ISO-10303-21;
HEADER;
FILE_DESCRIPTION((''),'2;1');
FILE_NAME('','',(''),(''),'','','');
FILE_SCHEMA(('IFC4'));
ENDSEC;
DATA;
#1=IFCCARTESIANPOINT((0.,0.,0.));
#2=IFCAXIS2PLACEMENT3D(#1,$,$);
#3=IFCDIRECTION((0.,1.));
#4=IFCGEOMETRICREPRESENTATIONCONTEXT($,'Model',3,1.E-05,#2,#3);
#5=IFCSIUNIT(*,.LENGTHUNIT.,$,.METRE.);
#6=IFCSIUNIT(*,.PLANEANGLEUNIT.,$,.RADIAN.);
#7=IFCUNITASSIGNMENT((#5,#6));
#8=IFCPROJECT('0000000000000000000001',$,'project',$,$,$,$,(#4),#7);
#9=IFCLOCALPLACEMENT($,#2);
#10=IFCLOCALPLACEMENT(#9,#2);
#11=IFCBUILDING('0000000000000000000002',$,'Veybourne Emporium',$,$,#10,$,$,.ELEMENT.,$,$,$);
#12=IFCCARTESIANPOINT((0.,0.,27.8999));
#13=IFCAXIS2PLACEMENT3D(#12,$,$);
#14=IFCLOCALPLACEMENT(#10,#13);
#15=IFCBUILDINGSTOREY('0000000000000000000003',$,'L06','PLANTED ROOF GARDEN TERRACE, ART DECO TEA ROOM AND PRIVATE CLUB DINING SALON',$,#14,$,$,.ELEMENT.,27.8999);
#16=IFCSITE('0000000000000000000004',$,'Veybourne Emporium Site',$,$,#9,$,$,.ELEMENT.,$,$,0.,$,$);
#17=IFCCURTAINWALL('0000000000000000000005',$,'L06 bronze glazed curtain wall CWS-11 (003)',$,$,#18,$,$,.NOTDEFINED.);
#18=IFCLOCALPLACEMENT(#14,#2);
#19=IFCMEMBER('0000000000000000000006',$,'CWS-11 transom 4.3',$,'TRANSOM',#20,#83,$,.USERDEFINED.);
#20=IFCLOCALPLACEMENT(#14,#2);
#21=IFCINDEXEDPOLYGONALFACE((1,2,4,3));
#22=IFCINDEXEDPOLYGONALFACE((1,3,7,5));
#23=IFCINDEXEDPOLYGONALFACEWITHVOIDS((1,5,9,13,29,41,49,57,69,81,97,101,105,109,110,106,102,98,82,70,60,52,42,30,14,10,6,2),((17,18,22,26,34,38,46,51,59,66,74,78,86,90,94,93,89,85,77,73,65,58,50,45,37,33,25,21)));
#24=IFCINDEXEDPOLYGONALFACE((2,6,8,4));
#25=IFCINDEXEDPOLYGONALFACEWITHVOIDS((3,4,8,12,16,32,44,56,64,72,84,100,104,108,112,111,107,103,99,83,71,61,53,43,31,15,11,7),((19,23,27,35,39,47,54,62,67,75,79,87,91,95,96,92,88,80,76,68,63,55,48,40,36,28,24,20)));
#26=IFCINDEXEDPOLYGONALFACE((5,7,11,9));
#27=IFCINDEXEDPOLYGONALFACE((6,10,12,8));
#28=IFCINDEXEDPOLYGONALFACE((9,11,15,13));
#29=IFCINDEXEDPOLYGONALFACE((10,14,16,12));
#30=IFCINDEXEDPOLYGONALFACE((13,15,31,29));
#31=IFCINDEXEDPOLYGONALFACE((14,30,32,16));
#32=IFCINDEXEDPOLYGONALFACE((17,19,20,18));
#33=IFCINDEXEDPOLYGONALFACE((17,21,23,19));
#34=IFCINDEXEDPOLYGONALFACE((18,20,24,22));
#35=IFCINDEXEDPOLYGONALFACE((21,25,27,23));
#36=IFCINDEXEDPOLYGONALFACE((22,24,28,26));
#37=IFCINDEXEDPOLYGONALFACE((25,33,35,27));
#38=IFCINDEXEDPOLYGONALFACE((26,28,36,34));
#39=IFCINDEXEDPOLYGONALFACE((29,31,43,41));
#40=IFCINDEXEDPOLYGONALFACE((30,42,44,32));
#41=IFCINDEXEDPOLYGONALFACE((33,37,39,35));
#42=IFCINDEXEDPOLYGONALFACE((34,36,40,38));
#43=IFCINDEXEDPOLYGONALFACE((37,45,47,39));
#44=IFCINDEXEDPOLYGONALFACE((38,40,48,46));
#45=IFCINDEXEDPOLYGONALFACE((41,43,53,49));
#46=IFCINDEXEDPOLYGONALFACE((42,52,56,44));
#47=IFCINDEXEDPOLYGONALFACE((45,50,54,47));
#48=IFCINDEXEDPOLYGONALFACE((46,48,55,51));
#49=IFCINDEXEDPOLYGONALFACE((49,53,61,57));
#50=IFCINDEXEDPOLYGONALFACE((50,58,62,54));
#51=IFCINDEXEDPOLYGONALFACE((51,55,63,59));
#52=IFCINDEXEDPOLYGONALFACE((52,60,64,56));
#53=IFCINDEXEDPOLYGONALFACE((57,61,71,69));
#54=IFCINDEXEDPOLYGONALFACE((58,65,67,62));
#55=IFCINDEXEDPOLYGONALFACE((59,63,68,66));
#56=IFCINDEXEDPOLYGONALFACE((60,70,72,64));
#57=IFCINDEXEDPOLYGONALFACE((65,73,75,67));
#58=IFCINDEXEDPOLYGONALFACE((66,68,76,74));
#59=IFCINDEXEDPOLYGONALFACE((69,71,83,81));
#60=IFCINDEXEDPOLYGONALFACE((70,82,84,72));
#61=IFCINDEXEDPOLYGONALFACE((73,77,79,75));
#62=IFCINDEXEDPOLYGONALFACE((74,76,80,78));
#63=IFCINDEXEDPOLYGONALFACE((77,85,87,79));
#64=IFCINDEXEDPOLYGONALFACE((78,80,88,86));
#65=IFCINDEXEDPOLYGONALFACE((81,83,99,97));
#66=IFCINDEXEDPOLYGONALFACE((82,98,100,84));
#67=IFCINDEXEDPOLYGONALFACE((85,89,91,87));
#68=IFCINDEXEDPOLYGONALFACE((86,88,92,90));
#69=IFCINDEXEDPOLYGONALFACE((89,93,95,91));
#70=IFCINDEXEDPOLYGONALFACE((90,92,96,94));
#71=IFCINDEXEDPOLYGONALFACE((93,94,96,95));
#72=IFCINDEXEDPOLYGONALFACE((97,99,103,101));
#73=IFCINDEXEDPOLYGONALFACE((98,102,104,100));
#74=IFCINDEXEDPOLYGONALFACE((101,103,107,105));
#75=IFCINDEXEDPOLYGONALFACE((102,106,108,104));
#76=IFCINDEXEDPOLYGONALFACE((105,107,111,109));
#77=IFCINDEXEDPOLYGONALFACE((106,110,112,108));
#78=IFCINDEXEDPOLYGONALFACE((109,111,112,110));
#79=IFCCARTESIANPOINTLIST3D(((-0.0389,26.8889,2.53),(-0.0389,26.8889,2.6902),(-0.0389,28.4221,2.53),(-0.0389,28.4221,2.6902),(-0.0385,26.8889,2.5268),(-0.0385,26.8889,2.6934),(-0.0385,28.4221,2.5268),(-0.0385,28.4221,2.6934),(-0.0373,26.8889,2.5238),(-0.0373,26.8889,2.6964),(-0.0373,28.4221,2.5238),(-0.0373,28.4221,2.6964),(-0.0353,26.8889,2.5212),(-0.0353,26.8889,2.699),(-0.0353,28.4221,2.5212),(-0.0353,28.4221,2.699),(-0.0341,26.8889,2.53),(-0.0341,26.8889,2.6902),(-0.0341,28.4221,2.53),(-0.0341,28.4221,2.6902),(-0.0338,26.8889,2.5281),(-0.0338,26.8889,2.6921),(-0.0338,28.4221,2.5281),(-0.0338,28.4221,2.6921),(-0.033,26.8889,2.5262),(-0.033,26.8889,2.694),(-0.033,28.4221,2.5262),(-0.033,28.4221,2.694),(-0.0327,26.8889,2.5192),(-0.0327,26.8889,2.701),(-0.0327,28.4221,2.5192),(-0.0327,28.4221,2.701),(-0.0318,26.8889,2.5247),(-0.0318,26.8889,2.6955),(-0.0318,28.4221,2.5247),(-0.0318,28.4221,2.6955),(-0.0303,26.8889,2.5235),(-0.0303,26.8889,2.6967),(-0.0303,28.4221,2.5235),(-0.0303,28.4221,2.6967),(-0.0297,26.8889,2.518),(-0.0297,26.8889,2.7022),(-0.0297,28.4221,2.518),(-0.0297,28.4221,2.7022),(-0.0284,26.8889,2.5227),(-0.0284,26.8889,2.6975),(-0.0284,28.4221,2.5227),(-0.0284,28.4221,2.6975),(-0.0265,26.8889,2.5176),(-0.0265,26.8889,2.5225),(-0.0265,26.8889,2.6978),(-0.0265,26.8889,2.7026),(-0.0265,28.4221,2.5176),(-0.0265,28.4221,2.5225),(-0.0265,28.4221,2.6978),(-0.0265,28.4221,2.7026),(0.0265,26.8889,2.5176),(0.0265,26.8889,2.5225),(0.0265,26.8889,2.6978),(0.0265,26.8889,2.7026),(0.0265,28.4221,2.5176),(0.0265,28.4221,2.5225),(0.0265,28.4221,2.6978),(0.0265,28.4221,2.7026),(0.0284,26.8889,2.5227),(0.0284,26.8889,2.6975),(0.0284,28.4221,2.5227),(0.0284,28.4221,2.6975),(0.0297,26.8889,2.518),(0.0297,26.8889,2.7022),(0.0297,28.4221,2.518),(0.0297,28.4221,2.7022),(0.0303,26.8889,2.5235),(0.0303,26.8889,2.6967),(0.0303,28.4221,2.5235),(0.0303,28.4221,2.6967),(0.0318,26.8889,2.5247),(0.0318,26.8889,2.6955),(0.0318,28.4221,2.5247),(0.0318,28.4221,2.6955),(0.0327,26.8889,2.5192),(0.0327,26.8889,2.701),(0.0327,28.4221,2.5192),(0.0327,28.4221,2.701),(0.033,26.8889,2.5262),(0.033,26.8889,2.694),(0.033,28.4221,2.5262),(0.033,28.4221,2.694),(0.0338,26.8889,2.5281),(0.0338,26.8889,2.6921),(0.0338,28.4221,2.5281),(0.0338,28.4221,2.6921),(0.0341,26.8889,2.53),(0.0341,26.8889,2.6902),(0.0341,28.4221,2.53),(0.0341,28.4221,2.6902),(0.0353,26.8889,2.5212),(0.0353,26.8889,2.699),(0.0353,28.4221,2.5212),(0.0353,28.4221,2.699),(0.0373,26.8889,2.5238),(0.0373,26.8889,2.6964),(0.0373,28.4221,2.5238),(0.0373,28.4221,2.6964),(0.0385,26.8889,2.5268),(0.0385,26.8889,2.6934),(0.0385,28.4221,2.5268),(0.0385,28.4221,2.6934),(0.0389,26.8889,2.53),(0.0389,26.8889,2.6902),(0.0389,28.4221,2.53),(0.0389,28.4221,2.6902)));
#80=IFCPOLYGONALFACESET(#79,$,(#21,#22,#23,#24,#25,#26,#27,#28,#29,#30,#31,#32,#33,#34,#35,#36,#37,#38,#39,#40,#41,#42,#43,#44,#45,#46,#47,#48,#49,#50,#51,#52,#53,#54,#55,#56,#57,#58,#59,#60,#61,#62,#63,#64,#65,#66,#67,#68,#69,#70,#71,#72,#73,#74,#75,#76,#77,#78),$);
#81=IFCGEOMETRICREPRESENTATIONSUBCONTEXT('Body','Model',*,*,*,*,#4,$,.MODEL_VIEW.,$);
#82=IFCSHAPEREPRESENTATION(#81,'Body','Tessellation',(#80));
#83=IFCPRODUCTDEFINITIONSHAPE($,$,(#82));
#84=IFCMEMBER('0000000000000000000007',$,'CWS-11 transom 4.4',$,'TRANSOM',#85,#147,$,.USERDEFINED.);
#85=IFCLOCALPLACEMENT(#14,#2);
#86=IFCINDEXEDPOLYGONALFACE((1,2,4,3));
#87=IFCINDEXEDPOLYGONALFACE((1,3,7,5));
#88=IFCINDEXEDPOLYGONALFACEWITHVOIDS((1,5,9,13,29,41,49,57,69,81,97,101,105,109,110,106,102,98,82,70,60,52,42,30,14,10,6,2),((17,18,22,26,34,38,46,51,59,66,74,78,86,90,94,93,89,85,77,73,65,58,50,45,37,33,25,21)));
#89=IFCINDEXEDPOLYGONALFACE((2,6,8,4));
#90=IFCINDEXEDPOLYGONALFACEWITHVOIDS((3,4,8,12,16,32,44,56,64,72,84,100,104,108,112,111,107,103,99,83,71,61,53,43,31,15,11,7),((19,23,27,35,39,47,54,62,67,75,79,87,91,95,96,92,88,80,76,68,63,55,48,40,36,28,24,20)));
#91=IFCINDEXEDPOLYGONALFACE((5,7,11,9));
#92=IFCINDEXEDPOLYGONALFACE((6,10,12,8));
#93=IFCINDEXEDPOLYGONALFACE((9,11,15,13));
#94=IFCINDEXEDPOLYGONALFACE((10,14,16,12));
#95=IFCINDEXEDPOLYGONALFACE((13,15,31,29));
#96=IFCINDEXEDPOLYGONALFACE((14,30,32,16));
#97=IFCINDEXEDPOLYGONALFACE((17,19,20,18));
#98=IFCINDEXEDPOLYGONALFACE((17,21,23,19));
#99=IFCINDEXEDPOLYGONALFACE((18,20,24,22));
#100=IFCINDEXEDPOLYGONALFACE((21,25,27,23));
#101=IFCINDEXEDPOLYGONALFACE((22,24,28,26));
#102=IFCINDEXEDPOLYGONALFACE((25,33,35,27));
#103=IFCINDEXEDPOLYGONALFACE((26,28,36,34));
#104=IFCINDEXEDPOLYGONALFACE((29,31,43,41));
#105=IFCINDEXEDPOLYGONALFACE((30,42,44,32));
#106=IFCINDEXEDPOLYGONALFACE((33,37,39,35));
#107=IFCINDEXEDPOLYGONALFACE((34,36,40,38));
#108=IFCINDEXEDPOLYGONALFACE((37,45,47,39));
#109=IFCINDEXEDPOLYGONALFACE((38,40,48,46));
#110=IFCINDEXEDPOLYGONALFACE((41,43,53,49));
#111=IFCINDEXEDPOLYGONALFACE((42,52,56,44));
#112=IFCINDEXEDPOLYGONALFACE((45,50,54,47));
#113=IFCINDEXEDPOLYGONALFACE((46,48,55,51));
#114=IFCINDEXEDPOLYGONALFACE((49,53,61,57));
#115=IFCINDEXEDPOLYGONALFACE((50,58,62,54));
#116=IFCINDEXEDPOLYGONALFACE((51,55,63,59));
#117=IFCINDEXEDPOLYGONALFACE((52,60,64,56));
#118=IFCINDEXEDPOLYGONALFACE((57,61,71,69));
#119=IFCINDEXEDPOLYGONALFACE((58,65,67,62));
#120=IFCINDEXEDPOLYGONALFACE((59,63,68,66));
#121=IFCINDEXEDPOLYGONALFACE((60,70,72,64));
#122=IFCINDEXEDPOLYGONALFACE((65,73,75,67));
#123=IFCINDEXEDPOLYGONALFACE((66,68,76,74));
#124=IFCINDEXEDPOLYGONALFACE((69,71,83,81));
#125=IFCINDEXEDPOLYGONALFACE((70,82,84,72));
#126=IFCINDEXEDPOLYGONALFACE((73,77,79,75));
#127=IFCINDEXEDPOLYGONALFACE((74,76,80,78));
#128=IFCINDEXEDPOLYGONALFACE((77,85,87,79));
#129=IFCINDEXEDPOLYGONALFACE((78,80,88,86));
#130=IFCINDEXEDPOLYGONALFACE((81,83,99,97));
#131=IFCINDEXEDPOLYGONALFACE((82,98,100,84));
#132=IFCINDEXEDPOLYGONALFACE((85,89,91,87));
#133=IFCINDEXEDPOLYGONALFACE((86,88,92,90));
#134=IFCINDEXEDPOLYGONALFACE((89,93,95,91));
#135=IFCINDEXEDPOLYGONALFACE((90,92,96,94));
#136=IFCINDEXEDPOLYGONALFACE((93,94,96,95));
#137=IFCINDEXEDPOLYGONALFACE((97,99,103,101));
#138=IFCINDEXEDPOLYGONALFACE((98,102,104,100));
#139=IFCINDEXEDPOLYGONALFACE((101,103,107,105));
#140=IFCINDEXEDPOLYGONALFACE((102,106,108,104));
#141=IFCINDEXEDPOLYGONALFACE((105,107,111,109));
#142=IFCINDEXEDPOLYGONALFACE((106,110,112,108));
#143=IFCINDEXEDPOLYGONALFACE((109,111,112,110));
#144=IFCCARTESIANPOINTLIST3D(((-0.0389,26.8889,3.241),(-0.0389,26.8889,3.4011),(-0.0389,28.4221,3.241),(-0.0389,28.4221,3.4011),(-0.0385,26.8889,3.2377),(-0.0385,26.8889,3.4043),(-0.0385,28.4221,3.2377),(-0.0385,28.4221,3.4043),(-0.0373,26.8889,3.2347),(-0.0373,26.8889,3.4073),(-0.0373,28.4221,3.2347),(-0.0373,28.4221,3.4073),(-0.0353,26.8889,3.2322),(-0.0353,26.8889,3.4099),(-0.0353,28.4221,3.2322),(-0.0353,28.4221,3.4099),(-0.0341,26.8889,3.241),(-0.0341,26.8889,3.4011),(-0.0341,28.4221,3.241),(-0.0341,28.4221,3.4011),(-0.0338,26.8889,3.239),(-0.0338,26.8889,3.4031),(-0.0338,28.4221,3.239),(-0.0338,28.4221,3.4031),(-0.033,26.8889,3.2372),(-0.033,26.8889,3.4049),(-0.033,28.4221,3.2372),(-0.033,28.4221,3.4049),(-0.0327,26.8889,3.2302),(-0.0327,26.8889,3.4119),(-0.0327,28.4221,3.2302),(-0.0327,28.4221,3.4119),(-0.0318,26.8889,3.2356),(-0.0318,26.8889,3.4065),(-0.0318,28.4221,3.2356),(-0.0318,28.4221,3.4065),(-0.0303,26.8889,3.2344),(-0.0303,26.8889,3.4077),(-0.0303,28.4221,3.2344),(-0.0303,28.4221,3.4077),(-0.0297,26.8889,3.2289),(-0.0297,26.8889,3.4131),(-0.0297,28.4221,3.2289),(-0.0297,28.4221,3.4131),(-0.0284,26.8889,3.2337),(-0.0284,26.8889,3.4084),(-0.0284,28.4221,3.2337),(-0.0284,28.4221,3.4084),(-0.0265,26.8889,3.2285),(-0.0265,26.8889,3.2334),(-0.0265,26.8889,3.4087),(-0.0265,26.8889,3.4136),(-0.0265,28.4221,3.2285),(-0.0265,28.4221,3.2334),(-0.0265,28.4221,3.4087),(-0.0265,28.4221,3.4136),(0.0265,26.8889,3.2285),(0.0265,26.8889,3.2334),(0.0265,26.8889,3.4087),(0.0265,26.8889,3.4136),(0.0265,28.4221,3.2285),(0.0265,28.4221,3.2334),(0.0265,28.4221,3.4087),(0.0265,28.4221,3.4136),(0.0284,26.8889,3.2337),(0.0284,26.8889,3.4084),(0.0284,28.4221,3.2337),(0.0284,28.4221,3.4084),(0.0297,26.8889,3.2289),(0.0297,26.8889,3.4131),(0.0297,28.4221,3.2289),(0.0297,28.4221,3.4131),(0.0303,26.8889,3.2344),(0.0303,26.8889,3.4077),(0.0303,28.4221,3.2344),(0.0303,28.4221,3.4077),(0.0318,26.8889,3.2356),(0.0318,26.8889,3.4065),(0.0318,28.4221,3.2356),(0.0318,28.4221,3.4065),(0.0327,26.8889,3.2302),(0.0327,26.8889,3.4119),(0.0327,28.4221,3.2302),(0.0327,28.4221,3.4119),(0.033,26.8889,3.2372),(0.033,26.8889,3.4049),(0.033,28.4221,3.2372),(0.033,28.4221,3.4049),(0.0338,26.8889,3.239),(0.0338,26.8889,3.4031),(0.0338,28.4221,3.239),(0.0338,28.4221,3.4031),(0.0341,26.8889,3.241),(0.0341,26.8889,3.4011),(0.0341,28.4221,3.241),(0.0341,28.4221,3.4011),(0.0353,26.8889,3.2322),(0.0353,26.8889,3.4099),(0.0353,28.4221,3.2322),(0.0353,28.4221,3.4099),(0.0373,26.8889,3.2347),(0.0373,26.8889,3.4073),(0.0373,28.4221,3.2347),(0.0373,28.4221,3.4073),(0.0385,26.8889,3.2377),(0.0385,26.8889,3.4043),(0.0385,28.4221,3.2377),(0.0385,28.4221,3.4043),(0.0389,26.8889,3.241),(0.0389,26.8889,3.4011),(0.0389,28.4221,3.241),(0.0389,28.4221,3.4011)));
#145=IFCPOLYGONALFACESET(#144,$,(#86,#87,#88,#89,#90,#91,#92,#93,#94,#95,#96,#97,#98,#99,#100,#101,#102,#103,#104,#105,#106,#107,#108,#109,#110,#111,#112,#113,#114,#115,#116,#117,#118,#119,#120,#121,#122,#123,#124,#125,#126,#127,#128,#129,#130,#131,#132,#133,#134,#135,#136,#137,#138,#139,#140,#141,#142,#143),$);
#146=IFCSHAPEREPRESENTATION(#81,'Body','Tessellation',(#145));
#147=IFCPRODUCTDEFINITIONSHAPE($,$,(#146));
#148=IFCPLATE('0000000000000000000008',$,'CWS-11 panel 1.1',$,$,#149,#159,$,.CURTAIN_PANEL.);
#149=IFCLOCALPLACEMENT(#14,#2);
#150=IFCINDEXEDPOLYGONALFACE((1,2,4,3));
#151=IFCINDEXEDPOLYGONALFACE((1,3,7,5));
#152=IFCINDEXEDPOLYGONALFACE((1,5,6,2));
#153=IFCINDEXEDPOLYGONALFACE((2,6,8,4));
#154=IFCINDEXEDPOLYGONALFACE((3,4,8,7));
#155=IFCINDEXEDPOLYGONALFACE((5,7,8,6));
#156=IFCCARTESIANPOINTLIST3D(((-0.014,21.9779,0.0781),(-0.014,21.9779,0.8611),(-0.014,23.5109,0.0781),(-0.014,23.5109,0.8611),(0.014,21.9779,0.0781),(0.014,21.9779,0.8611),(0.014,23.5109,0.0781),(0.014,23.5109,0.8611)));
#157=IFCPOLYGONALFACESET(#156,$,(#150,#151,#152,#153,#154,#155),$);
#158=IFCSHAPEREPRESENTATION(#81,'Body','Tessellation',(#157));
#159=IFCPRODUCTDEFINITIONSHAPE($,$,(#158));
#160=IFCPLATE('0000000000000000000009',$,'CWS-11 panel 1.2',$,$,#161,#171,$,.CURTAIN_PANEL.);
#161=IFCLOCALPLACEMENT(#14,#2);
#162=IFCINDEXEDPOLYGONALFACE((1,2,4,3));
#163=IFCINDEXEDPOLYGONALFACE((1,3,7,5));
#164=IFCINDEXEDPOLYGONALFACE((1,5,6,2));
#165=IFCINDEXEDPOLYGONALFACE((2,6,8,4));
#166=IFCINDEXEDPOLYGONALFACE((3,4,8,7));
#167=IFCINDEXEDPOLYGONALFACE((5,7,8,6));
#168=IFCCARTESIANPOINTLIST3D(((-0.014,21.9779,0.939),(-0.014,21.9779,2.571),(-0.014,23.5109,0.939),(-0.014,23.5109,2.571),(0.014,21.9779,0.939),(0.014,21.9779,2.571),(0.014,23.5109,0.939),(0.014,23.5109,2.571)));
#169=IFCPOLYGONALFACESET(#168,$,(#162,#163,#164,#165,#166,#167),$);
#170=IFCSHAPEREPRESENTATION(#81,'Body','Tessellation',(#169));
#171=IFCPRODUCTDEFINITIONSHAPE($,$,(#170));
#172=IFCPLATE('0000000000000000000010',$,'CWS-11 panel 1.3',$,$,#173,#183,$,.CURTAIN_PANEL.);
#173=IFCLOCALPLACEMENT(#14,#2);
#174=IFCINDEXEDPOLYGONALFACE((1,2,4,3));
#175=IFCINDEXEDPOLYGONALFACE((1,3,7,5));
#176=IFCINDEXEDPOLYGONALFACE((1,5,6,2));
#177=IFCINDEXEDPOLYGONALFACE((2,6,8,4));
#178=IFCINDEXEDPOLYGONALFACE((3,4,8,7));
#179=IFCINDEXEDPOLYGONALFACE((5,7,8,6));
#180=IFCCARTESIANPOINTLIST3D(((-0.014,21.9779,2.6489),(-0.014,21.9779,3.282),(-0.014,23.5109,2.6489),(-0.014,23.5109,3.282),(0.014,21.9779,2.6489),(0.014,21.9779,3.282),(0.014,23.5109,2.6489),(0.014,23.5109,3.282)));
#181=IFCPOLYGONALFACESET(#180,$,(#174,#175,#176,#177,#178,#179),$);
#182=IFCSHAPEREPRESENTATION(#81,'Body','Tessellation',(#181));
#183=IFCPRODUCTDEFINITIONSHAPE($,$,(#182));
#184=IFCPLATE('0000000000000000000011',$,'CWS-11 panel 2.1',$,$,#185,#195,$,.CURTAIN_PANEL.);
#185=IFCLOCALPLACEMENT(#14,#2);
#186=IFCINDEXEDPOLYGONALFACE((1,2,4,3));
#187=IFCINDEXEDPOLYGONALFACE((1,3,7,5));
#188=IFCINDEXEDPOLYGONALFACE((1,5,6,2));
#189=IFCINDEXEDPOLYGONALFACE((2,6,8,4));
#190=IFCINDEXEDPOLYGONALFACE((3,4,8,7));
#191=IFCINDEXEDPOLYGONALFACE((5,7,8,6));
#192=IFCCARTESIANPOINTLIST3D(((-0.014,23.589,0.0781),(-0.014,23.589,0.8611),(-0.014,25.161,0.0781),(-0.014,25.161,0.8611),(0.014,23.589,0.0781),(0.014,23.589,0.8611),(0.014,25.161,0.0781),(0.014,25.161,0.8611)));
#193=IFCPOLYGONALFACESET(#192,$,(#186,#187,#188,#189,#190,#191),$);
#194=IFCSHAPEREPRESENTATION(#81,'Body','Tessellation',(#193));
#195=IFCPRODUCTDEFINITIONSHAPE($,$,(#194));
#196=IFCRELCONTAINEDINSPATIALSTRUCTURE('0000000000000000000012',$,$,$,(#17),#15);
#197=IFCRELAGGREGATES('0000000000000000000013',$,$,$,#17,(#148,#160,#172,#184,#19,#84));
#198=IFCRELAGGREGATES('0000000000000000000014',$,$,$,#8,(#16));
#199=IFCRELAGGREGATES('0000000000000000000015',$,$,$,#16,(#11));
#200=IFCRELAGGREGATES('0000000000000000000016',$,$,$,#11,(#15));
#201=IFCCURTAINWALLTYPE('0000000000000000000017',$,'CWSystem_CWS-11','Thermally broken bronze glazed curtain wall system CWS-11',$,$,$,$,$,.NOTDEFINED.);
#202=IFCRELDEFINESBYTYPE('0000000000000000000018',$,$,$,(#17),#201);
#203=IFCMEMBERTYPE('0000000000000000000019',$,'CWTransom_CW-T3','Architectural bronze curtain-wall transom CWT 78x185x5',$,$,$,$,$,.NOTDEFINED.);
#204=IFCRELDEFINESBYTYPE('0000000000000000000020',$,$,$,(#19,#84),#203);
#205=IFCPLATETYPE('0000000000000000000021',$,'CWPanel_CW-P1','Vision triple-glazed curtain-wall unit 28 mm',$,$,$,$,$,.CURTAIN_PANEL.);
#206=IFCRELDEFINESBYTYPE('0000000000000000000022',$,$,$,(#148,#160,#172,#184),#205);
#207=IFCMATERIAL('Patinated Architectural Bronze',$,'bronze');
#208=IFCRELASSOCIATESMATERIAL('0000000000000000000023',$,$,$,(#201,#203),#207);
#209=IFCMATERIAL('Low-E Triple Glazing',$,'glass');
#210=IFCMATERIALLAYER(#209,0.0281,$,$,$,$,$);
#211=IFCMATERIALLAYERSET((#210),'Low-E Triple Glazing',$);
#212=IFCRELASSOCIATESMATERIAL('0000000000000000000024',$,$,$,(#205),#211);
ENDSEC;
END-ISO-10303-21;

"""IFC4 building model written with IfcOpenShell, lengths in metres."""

from ifc_helpers import new_model, si_unit, direction, frame, origin, origin_2d, place, context, subcontext, project, spatial, rectangle, hollow_rectangle, extrude, material, layer, layer_set, material_profile, profile_set, type_object, element, aggregate, save


model = new_model("IFC4")

# Units and contexts
model_context = context("Model", 3, precision=1e-05, world=origin(), true_north=direction((0.0, 1.0)))
body_context = subcontext(model_context, "Body", "Model", "MODEL_VIEW")
ifc_project = project(units=[si_unit("LENGTHUNIT", "METRE"), si_unit("PLANEANGLEUNIT", "RADIAN")], contexts=[model_context])

# Site, building, storey
site_placement = place(None, origin())
site = spatial("IfcSite", under=ifc_project, at=site_placement, Name="Veybourne Emporium Site", CompositionType="ELEMENT", RefElevation=0.0)
building_placement = place(site_placement, origin())
building = spatial("IfcBuilding", under=site, at=building_placement, Name="Veybourne Emporium", CompositionType="ELEMENT")
storey_placement = place(building_placement, frame((0.0, 0.0, 27.8999)))
storey = spatial("IfcBuildingStorey", under=building, at=storey_placement, Name="L06", Description="PLANTED ROOF GARDEN TERRACE, ART DECO TEA ROOM AND PRIVATE CLUB DINING SALON", CompositionType="ELEMENT", Elevation=27.8999)

# Curtain wall, members, plates
ifc_material_1 = material(Name="Patinated Architectural Bronze", Category="bronze")
curtain_wall_type = type_object("IfcCurtainWallType", Name="CWSystem_CWS-11", Description="Thermally broken bronze glazed curtain wall system CWS-11", PredefinedType="NOTDEFINED", material=ifc_material_1)
curtain_wall_placement = place(storey_placement, origin())
curtain_wall = element("IfcCurtainWall", 1, at=curtain_wall_placement, inside=storey, type_object=curtain_wall_type, Name="L06 bronze glazed curtain wall CWS-11 (003)", PredefinedType="NOTDEFINED")
ifc_material_profile_1 = material_profile(ifc_material_1, hollow_rectangle(XDim=0.0779, YDim=0.1851, WallThickness=0.0049, InnerFilletRadius=0.0076, OuterFilletRadius=0.0125, at=origin_2d()), Name="CWT 78x185x5")
ifc_profile_set_1 = profile_set([ifc_material_profile_1], Name="Patinated Architectural Bronze")
member_type_1 = type_object("IfcMemberType", Name="CWTransom_CW-T3", Description="Architectural bronze curtain-wall transom CWT 78x185x5", PredefinedType="NOTDEFINED", material=ifc_profile_set_1)
member_1_placement = place(storey_placement, frame((0.0, 26.8889, 2.6101), z_axis=(0.0, 1.0, 0.0), x_axis=(-1.0, 0.0, 0.0)))
member_1 = element("IfcMember", 2, at=member_1_placement, type_object=member_type_1, Name="CWS-11 transom 4.3", ObjectType="TRANSOM", PredefinedType="USERDEFINED", context=body_context, shape_type="SweptSolid", body=[
    extrude(hollow_rectangle(XDim=0.0779, YDim=0.1851, WallThickness=0.0049, InnerFilletRadius=0.0076, OuterFilletRadius=0.0125, at=origin_2d()), origin(), (0.0, 0.0, 1.0), 1.5332),
])
member_2_placement = place(storey_placement, frame((0.0, 26.8889, 3.321), z_axis=(0.0, 1.0, 0.0), x_axis=(-1.0, 0.0, 0.0)))
member_2 = element("IfcMember", 3, at=member_2_placement, type_object=member_type_1, Name="CWS-11 transom 4.4", ObjectType="TRANSOM", PredefinedType="USERDEFINED", context=body_context, shape_type="SweptSolid", body=[
    extrude(hollow_rectangle(XDim=0.0779, YDim=0.1851, WallThickness=0.0049, InnerFilletRadius=0.0076, OuterFilletRadius=0.0125, at=origin_2d()), origin(), (0.0, 0.0, 1.0), 1.5332),
])
ifc_material_2 = material(Name="Low-E Triple Glazing", Category="glass")
ifc_layer_1 = layer(ifc_material_2, 0.0281)
ifc_layer_set_1 = layer_set([ifc_layer_1], Name="Low-E Triple Glazing")
plate_type = type_object("IfcPlateType", Name="CWPanel_CW-P1", Description="Vision triple-glazed curtain-wall unit 28 mm", PredefinedType="CURTAIN_PANEL", material=ifc_layer_set_1)
plate_1_placement = place(storey_placement, frame((0.0, 22.7444, 0.0781), z_axis=(0.0, 0.0, 1.0), x_axis=(0.0, 1.0, 0.0)))
plate_1 = element("IfcPlate", 4, at=plate_1_placement, type_object=plate_type, Name="CWS-11 panel 1.1", PredefinedType="CURTAIN_PANEL", context=body_context, shape_type="SweptSolid", body=[
    extrude(rectangle(XDim=1.533, YDim=0.0281, at=origin_2d()), origin(), (0.0, 0.0, 1.0), 0.783),
])
plate_2_placement = place(storey_placement, frame((0.0, 22.7444, 0.939), z_axis=(0.0, 0.0, 1.0), x_axis=(0.0, 1.0, 0.0)))
plate_2 = element("IfcPlate", 5, at=plate_2_placement, type_object=plate_type, Name="CWS-11 panel 1.2", PredefinedType="CURTAIN_PANEL", context=body_context, shape_type="SweptSolid", body=[
    extrude(rectangle(XDim=1.533, YDim=0.0281, at=origin_2d()), origin(), (0.0, 0.0, 1.0), 1.6321),
])
plate_3_placement = place(storey_placement, frame((0.0, 22.7444, 2.6489), z_axis=(0.0, 0.0, 1.0), x_axis=(0.0, 1.0, 0.0)))
plate_3 = element("IfcPlate", 6, at=plate_3_placement, type_object=plate_type, Name="CWS-11 panel 1.3", PredefinedType="CURTAIN_PANEL", context=body_context, shape_type="SweptSolid", body=[
    extrude(rectangle(XDim=1.533, YDim=0.0281, at=origin_2d()), origin(), (0.0, 0.0, 1.0), 0.6331),
])
plate_4_placement = place(storey_placement, frame((0.0, 24.375, 0.0781), z_axis=(0.0, 0.0, 1.0), x_axis=(0.0, 1.0, 0.0)))
plate_4 = element("IfcPlate", 7, at=plate_4_placement, type_object=plate_type, Name="CWS-11 panel 2.1", PredefinedType="CURTAIN_PANEL", context=body_context, shape_type="SweptSolid", body=[
    extrude(rectangle(XDim=1.572, YDim=0.0281, at=origin_2d()), origin(), (0.0, 0.0, 1.0), 0.783),
])
aggregate(curtain_wall, [plate_1, plate_2, plate_3, plate_4, member_1, member_2])

save(model, "model.ifc")
